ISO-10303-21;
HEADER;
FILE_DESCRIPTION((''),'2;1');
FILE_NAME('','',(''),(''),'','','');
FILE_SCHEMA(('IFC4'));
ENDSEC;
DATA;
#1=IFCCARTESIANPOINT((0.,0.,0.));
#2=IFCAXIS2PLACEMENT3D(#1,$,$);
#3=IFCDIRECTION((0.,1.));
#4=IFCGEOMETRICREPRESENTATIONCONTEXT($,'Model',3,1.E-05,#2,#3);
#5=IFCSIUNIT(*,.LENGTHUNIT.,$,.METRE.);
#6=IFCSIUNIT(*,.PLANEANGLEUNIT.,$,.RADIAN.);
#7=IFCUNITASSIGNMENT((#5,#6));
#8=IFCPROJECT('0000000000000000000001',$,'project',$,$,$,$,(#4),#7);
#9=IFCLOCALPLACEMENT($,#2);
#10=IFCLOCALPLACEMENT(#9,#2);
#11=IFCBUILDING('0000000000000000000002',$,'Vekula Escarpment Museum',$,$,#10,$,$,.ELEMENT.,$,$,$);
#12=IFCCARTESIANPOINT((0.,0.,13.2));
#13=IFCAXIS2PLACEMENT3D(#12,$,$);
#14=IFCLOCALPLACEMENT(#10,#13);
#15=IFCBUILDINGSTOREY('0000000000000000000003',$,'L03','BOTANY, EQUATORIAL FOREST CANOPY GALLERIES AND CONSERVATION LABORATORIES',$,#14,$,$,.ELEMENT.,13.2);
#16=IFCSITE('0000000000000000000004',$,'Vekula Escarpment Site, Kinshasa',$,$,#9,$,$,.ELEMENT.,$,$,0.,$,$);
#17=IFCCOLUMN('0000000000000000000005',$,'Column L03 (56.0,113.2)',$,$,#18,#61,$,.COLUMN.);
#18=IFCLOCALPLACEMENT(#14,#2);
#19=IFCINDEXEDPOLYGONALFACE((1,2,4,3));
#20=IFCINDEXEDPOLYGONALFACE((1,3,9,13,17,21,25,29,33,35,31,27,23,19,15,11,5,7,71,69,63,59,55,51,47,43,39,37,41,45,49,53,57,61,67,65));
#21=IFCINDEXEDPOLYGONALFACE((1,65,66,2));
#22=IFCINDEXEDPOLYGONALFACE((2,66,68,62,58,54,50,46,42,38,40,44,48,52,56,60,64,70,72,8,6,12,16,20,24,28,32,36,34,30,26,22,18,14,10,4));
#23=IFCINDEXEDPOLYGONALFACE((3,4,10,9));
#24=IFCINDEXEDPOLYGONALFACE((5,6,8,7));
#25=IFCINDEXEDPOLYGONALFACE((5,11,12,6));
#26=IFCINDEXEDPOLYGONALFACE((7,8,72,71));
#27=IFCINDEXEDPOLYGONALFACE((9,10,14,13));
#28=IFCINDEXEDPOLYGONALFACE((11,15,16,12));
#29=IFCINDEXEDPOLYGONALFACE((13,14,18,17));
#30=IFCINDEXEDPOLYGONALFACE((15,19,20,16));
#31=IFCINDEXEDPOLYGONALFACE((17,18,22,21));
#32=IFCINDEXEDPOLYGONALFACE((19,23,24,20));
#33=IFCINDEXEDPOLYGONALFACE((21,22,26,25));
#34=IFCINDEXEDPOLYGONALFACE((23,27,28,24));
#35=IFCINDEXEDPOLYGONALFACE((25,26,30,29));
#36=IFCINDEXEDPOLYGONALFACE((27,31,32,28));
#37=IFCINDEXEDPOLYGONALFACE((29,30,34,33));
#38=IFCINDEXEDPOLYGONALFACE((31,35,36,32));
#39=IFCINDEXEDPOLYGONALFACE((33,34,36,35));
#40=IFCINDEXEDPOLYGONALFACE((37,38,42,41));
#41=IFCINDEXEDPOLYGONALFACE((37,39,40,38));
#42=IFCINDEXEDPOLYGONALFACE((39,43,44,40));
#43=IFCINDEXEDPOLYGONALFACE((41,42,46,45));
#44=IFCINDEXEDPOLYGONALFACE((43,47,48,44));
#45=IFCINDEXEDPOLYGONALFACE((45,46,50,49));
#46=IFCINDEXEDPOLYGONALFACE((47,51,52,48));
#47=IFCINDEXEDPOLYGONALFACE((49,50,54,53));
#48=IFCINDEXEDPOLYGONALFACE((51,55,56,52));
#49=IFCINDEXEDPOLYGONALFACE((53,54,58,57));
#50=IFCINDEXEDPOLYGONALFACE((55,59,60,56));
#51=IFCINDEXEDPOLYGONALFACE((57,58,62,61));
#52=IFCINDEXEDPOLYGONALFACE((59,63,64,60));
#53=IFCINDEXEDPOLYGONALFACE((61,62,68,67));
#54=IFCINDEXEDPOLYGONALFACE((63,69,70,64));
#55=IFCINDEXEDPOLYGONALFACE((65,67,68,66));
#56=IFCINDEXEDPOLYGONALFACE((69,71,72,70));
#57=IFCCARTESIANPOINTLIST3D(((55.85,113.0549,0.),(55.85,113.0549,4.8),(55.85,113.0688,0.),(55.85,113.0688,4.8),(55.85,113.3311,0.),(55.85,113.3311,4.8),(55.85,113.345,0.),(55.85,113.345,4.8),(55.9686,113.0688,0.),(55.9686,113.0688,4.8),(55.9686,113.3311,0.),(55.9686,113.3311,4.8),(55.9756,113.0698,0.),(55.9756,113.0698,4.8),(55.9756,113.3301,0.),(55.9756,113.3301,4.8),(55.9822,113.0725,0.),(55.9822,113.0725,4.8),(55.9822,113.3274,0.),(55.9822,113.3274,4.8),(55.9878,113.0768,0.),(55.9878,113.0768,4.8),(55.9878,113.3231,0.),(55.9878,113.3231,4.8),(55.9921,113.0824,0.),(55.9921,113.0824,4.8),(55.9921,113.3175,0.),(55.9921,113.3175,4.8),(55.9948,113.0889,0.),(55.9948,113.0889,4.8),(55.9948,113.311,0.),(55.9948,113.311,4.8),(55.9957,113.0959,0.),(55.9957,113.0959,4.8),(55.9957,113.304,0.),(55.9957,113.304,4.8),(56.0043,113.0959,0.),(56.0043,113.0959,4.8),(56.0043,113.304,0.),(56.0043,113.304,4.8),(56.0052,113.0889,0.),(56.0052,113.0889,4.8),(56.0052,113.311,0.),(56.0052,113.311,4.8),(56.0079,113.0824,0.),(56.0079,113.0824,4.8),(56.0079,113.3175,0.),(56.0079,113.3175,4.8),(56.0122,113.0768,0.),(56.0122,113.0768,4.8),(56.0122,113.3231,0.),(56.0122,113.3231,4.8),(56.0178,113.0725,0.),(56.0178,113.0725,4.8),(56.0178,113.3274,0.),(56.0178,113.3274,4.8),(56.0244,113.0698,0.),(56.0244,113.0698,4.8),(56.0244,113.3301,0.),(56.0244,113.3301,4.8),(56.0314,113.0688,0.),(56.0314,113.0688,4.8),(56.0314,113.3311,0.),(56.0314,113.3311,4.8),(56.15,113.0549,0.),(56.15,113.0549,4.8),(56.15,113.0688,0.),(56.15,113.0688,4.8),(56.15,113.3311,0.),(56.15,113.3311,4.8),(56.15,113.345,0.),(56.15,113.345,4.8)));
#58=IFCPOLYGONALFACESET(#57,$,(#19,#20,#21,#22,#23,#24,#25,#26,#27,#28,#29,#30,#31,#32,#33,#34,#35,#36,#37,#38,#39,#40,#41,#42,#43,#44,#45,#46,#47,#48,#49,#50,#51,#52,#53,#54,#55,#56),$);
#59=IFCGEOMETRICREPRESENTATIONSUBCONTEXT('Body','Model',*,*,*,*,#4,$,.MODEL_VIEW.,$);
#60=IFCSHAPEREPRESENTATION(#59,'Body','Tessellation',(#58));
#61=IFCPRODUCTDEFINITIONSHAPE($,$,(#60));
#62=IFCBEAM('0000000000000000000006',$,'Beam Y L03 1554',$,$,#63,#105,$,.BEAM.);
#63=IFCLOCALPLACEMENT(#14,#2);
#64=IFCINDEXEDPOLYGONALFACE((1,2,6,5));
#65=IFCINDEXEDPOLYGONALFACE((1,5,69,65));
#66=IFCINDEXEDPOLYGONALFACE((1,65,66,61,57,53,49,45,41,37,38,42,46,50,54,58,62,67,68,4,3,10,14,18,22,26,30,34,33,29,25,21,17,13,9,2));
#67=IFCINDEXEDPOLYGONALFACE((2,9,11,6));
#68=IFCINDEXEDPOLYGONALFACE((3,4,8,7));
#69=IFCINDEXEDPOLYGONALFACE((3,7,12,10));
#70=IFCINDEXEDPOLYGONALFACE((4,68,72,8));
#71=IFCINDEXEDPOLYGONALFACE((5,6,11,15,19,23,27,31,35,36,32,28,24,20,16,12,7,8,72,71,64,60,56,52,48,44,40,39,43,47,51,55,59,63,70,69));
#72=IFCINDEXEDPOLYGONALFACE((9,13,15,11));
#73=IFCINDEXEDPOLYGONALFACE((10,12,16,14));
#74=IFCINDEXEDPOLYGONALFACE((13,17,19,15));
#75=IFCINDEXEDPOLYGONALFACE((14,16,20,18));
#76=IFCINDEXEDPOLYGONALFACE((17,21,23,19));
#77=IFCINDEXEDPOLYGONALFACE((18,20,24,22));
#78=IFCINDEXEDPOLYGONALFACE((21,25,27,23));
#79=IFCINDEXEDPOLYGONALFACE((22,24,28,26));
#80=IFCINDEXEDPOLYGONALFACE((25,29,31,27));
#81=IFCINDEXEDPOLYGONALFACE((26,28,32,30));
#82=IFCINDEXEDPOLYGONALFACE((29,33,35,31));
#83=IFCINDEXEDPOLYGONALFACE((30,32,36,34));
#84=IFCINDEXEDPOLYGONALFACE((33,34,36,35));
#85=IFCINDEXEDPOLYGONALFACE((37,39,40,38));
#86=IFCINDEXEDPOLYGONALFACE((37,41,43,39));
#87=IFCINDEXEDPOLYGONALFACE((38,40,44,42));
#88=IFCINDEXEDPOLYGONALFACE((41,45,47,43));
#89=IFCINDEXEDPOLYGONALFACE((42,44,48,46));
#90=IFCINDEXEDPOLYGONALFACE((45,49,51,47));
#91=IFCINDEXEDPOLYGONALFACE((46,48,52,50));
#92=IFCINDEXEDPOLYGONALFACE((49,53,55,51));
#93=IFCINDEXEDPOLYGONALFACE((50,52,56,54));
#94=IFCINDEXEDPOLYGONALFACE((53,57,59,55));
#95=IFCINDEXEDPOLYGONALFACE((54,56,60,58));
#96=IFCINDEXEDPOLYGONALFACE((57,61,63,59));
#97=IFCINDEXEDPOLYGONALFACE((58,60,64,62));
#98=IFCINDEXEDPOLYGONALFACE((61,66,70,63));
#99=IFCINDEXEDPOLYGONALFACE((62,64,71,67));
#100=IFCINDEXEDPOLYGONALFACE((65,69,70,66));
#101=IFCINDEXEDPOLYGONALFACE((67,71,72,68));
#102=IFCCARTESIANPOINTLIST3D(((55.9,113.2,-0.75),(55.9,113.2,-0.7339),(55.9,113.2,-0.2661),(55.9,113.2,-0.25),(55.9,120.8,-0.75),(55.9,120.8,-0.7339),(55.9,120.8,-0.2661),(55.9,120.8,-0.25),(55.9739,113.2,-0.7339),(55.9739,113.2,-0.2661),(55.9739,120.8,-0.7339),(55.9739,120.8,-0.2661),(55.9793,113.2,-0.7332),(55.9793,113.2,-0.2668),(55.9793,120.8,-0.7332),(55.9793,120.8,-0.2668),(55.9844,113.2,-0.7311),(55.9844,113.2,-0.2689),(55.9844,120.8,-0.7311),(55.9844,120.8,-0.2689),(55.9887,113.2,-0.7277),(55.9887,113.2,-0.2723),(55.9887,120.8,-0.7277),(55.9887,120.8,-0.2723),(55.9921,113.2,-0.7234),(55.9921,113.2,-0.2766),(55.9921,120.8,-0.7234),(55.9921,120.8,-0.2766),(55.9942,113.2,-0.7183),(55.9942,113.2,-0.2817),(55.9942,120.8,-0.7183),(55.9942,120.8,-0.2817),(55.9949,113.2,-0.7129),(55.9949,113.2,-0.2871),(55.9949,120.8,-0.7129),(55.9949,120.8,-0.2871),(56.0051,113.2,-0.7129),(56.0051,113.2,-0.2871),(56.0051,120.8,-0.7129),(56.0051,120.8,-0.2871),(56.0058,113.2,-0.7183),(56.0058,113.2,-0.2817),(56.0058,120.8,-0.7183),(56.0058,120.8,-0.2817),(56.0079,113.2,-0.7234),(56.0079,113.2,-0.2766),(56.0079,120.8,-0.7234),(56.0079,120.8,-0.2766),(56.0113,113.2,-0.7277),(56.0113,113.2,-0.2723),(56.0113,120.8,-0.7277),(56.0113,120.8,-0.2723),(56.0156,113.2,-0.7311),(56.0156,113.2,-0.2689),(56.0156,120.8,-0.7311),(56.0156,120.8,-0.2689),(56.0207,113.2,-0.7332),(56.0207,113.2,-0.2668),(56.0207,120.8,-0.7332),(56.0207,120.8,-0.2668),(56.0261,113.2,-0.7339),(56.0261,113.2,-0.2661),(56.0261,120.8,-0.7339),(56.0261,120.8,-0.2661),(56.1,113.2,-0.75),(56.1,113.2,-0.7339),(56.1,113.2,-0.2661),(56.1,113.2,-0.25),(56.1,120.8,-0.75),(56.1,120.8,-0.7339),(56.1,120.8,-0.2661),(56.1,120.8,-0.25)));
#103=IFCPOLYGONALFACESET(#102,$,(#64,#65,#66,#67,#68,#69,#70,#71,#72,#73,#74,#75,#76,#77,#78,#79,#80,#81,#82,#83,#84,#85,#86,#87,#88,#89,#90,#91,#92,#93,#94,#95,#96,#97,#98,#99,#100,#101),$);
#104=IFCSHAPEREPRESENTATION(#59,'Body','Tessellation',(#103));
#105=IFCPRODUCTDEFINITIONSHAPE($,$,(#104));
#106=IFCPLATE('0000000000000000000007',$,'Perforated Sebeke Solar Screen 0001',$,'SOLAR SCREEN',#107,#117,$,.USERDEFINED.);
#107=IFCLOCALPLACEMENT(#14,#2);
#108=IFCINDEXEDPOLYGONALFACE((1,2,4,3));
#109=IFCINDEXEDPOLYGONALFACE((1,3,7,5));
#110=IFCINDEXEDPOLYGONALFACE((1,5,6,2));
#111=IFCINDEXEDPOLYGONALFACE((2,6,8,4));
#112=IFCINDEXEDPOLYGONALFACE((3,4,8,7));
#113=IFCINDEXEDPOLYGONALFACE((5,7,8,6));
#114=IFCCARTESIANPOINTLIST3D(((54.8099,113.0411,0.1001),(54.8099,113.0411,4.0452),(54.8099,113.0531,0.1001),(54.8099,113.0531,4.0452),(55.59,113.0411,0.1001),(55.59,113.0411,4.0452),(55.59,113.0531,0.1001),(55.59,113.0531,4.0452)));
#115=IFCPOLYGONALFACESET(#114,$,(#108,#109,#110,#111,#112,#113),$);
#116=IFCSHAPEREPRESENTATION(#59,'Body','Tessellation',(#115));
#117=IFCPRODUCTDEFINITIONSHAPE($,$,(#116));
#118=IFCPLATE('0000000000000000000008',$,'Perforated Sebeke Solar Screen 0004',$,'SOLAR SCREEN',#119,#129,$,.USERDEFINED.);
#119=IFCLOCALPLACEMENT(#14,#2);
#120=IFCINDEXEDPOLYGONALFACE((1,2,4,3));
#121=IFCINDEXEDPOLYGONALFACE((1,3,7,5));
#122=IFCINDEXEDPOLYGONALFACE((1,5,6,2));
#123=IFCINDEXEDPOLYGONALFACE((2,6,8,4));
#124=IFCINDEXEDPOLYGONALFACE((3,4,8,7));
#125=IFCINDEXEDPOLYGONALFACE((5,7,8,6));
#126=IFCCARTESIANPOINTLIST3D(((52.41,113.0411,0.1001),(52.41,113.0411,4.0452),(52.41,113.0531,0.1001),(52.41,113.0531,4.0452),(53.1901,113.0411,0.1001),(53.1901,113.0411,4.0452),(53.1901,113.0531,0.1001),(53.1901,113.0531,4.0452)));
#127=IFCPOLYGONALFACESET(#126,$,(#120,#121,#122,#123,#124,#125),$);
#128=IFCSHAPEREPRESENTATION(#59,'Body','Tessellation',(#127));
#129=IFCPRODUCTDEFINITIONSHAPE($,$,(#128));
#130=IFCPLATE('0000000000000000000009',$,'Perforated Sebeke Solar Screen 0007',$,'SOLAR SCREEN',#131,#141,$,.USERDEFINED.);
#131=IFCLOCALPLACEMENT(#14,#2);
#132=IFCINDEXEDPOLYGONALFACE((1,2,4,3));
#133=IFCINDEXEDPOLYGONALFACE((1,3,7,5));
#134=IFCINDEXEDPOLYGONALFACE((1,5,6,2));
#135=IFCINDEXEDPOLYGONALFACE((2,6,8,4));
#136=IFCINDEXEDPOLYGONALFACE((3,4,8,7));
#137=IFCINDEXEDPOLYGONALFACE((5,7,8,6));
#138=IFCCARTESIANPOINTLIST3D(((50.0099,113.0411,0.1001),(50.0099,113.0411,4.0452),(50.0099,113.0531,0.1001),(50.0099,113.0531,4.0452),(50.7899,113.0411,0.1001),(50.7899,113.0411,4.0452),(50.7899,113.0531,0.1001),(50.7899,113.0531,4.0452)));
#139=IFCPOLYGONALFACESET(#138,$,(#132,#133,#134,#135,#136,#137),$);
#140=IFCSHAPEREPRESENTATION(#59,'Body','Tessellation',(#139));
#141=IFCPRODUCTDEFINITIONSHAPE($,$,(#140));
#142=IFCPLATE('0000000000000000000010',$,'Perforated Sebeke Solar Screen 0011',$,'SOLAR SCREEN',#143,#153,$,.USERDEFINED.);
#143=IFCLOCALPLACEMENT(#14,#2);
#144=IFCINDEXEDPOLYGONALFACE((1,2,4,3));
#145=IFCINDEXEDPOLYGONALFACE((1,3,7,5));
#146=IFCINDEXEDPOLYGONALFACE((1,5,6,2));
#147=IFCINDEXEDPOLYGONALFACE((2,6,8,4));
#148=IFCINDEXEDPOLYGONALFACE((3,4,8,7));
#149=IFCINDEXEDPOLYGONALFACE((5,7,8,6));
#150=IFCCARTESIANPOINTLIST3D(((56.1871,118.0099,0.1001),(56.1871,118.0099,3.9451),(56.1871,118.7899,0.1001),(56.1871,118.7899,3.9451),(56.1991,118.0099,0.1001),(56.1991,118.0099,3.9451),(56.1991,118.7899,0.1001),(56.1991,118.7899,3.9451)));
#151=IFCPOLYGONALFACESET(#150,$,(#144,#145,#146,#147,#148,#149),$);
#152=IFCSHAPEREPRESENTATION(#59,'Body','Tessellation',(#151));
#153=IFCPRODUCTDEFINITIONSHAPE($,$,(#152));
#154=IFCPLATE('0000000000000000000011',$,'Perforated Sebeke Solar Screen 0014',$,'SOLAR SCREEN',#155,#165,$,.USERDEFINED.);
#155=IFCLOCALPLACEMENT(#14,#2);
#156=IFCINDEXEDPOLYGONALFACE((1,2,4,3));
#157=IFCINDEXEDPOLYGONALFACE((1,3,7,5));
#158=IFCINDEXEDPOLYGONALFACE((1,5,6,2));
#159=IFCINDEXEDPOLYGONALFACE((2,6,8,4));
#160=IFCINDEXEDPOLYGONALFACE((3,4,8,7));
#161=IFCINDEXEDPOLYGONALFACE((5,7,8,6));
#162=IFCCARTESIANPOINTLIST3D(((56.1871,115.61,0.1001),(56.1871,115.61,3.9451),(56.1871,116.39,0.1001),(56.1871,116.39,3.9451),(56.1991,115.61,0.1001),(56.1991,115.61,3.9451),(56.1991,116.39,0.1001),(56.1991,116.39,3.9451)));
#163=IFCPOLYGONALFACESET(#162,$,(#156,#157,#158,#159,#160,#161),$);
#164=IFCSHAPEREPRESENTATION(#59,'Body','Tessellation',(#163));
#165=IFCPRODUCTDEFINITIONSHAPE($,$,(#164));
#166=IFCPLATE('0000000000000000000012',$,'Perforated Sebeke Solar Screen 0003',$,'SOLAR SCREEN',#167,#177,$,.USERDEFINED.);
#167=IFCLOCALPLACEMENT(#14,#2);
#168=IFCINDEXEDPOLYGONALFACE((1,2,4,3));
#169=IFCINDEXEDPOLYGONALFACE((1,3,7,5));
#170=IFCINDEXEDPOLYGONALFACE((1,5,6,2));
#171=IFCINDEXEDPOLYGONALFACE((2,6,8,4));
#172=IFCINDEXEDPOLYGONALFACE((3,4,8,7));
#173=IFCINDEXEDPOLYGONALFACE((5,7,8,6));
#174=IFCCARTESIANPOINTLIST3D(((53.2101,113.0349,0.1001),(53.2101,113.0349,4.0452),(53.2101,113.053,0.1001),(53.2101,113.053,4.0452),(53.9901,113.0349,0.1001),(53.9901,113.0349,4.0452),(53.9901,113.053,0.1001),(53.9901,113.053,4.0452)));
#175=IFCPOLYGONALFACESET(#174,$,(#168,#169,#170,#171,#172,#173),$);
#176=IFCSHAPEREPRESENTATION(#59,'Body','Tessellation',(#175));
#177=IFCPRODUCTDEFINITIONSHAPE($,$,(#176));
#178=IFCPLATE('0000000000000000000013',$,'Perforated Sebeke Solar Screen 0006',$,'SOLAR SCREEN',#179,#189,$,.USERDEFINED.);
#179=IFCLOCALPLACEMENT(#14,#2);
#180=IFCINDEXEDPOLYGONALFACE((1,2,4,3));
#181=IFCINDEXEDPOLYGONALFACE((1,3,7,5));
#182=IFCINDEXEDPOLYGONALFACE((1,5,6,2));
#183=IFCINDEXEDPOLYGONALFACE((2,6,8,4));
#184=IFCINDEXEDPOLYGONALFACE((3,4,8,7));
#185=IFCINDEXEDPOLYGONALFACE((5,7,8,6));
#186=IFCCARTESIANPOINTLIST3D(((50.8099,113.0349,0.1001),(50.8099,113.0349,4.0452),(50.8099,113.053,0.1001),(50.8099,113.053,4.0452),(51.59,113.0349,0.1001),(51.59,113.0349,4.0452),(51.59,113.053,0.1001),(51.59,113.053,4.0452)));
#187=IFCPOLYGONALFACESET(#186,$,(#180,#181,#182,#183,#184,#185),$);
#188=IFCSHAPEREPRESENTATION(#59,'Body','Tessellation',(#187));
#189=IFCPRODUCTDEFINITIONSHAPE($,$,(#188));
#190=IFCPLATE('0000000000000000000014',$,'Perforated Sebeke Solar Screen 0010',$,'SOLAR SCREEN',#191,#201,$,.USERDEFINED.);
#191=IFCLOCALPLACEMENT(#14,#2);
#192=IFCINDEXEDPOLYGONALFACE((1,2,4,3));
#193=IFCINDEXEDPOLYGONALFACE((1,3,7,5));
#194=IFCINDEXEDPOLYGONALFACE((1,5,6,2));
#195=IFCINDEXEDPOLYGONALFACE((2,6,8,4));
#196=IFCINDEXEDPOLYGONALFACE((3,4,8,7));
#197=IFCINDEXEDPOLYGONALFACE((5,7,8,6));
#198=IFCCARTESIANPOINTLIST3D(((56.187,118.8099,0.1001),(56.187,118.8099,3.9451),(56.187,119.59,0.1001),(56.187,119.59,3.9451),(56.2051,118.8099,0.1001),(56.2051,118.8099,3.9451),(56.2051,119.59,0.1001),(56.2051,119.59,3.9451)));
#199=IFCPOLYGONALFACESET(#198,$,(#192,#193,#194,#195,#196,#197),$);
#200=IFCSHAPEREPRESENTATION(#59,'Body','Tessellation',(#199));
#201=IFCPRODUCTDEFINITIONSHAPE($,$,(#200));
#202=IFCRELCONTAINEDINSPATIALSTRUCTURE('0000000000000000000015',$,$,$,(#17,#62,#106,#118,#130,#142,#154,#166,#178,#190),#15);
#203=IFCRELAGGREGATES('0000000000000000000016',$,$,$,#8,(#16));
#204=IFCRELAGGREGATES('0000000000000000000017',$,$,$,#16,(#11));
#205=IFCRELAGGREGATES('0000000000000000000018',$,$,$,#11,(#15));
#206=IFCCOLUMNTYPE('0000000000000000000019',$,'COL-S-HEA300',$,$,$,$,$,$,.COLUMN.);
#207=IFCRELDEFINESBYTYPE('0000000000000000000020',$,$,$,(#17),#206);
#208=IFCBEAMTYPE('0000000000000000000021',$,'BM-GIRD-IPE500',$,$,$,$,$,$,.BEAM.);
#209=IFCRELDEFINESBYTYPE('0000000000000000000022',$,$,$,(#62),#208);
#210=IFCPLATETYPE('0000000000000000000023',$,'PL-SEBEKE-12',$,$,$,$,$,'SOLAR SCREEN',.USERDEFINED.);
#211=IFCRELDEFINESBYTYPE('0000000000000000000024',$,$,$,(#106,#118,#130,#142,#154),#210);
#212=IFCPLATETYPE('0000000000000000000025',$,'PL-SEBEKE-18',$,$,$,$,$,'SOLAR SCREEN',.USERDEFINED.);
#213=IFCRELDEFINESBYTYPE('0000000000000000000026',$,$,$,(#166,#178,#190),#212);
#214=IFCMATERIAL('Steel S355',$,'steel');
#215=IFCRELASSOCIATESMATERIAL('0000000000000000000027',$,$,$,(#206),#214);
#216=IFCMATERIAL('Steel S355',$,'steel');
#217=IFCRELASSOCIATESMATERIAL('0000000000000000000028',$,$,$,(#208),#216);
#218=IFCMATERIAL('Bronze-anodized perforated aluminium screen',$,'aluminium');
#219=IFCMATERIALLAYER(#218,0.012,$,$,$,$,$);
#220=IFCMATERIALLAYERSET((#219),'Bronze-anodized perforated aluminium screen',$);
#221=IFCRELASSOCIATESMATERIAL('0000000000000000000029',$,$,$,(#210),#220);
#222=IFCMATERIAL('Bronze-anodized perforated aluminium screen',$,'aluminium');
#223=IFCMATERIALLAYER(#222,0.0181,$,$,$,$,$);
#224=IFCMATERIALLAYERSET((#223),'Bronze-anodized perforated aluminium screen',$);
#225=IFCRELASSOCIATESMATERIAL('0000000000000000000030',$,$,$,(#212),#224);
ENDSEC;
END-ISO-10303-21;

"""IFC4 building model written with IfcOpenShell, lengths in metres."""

from ifc_helpers import new_model, si_unit, direction, frame, origin, origin_2d, place, context, subcontext, project, spatial, rectangle, i_section, extrude, material, layer, layer_set, material_profile, profile_set, type_object, element, save


model = new_model("IFC4")

# Units and contexts
model_context = context("Model", 3, precision=1e-05, world=origin(), true_north=direction((0.0, 1.0)))
body_context = subcontext(model_context, "Body", "Model", "MODEL_VIEW")
ifc_project = project(units=[si_unit("LENGTHUNIT", "METRE"), si_unit("PLANEANGLEUNIT", "RADIAN")], contexts=[model_context])

# Site, building, storey
site_placement = place(None, origin())
site = spatial("IfcSite", under=ifc_project, at=site_placement, Name="Vekula Escarpment Site, Kinshasa", CompositionType="ELEMENT", RefElevation=0.0)
building_placement = place(site_placement, origin())
building = spatial("IfcBuilding", under=site, at=building_placement, Name="Vekula Escarpment Museum", CompositionType="ELEMENT")
storey_placement = place(building_placement, frame((0.0, 0.0, 13.2)))
storey = spatial("IfcBuildingStorey", under=building, at=storey_placement, Name="L03", Description="BOTANY, EQUATORIAL FOREST CANOPY GALLERIES AND CONSERVATION LABORATORIES", CompositionType="ELEMENT", Elevation=13.2)

# Column
ifc_material_1 = material(Name="Steel S355", Category="steel")
ifc_material_profile_1 = material_profile(ifc_material_1, i_section(OverallWidth=0.3, OverallDepth=0.29, WebThickness=0.0085, FlangeThickness=0.0139, FilletRadius=0.0271, at=origin_2d()), Name="HEA 300")
ifc_profile_set_1 = profile_set([ifc_material_profile_1], Name="Steel S355")
column_type = type_object("IfcColumnType", Name="COL-S-HEA300", PredefinedType="COLUMN", material=ifc_profile_set_1)
column_placement = place(storey_placement, frame((56.0, 113.2, 0.0), z_axis=(0.0, 0.0, 1.0), x_axis=(1.0, 0.0, 0.0)))
element("IfcColumn", 1, at=column_placement, inside=storey, type_object=column_type, Name="Column L03 (56.0,113.2)", PredefinedType="COLUMN", context=body_context, shape_type="SweptSolid", body=[
    extrude(i_section(OverallWidth=0.3, OverallDepth=0.29, WebThickness=0.0085, FlangeThickness=0.0139, FilletRadius=0.0271, at=origin_2d()), origin(), (0.0, 0.0, 1.0), 4.8),
])

# Beam
ifc_material_2 = material(Name="Steel S355", Category="steel")
ifc_material_profile_2 = material_profile(ifc_material_2, i_section(OverallWidth=0.2, OverallDepth=0.5, WebThickness=0.0103, FlangeThickness=0.0161, FilletRadius=0.021, at=origin_2d()), Name="IPE 500")
ifc_profile_set_2 = profile_set([ifc_material_profile_2], Name="Steel S355")
beam_type = type_object("IfcBeamType", Name="BM-GIRD-IPE500", PredefinedType="BEAM", material=ifc_profile_set_2)
beam_placement = place(storey_placement, frame((56.0, 113.2, -0.5), z_axis=(0.0, 1.0, 0.0), x_axis=(-1.0, 0.0, 0.0)))
element("IfcBeam", 2, at=beam_placement, inside=storey, type_object=beam_type, Name="Beam Y L03 1554", PredefinedType="BEAM", context=body_context, shape_type="SweptSolid", body=[
    extrude(i_section(OverallWidth=0.2, OverallDepth=0.5, WebThickness=0.0103, FlangeThickness=0.0161, FilletRadius=0.021, at=origin_2d()), origin(), (0.0, 0.0, 1.0), 7.6001),
])

# Plates
ifc_material_3 = material(Name="Bronze-anodized perforated aluminium screen", Category="aluminium")
ifc_layer_1 = layer(ifc_material_3, 0.012)
ifc_layer_set_1 = layer_set([ifc_layer_1], Name="Bronze-anodized perforated aluminium screen")
plate_type_1 = type_object("IfcPlateType", Name="PL-SEBEKE-12", ElementType="SOLAR SCREEN", PredefinedType="USERDEFINED", material=ifc_layer_set_1)
for number, where, z_axis, x_axis, name in (
    (3, (55.2, 113.0471, 0.1001), (0.0, 0.0, 1.0), (1.0, 0.0, 0.0), "Perforated Sebeke Solar Screen 0001"),
    (4, (52.8, 113.0471, 0.1001), (0.0, 0.0, 1.0), (1.0, 0.0, 0.0), "Perforated Sebeke Solar Screen 0004"),
    (5, (50.3999, 113.0471, 0.1001), (0.0, 0.0, 1.0), (1.0, 0.0, 0.0), "Perforated Sebeke Solar Screen 0007"),
):
    element("IfcPlate", number, at=place(storey_placement, frame(where, z_axis=z_axis, x_axis=x_axis)), inside=storey, type_object=plate_type_1, Name=name, ObjectType="SOLAR SCREEN", PredefinedType="USERDEFINED", context=body_context, shape_type="SweptSolid", body=[
        extrude(rectangle(XDim=0.78, YDim=0.012, at=origin_2d()), origin(), (0.0, 0.0, 1.0), 3.9451),
    ])
for number, where, z_axis, x_axis, name in (
    (6, (56.1931, 118.3999, 0.1001), (0.0, 0.0, 1.0), (0.0, 1.0, 0.0), "Perforated Sebeke Solar Screen 0011"),
    (7, (56.1931, 116.0, 0.1001), (0.0, 0.0, 1.0), (0.0, 1.0, 0.0), "Perforated Sebeke Solar Screen 0014"),
):
    element("IfcPlate", number, at=place(storey_placement, frame(where, z_axis=z_axis, x_axis=x_axis)), inside=storey, type_object=plate_type_1, Name=name, ObjectType="SOLAR SCREEN", PredefinedType="USERDEFINED", context=body_context, shape_type="SweptSolid", body=[
        extrude(rectangle(XDim=0.78, YDim=0.012, at=origin_2d()), origin(), (0.0, 0.0, 1.0), 3.845),
    ])
ifc_material_4 = material(Name="Bronze-anodized perforated aluminium screen", Category="aluminium")
ifc_layer_2 = layer(ifc_material_4, 0.0181)
ifc_layer_set_2 = layer_set([ifc_layer_2], Name="Bronze-anodized perforated aluminium screen")
plate_type_2 = type_object("IfcPlateType", Name="PL-SEBEKE-18", ElementType="SOLAR SCREEN", PredefinedType="USERDEFINED", material=ifc_layer_set_2)
for number, where, z_axis, x_axis, name in (
    (8, (53.6001, 113.0439, 0.1001), (0.0, 0.0, 1.0), (1.0, 0.0, 0.0), "Perforated Sebeke Solar Screen 0003"),
    (9, (51.2, 113.0439, 0.1001), (0.0, 0.0, 1.0), (1.0, 0.0, 0.0), "Perforated Sebeke Solar Screen 0006"),
):
    element("IfcPlate", number, at=place(storey_placement, frame(where, z_axis=z_axis, x_axis=x_axis)), inside=storey, type_object=plate_type_2, Name=name, ObjectType="SOLAR SCREEN", PredefinedType="USERDEFINED", context=body_context, shape_type="SweptSolid", body=[
        extrude(rectangle(XDim=0.78, YDim=0.0181, at=origin_2d()), origin(), (0.0, 0.0, 1.0), 3.9451),
    ])
for number, where, z_axis, x_axis, name in (
    (10, (56.196, 119.2, 0.1001), (0.0, 0.0, 1.0), (0.0, 1.0, 0.0), "Perforated Sebeke Solar Screen 0010"),
):
    element("IfcPlate", number, at=place(storey_placement, frame(where, z_axis=z_axis, x_axis=x_axis)), inside=storey, type_object=plate_type_2, Name=name, ObjectType="SOLAR SCREEN", PredefinedType="USERDEFINED", context=body_context, shape_type="SweptSolid", body=[
        extrude(rectangle(XDim=0.78, YDim=0.0181, at=origin_2d()), origin(), (0.0, 0.0, 1.0), 3.845),
    ])

save(model, "model.ifc")
